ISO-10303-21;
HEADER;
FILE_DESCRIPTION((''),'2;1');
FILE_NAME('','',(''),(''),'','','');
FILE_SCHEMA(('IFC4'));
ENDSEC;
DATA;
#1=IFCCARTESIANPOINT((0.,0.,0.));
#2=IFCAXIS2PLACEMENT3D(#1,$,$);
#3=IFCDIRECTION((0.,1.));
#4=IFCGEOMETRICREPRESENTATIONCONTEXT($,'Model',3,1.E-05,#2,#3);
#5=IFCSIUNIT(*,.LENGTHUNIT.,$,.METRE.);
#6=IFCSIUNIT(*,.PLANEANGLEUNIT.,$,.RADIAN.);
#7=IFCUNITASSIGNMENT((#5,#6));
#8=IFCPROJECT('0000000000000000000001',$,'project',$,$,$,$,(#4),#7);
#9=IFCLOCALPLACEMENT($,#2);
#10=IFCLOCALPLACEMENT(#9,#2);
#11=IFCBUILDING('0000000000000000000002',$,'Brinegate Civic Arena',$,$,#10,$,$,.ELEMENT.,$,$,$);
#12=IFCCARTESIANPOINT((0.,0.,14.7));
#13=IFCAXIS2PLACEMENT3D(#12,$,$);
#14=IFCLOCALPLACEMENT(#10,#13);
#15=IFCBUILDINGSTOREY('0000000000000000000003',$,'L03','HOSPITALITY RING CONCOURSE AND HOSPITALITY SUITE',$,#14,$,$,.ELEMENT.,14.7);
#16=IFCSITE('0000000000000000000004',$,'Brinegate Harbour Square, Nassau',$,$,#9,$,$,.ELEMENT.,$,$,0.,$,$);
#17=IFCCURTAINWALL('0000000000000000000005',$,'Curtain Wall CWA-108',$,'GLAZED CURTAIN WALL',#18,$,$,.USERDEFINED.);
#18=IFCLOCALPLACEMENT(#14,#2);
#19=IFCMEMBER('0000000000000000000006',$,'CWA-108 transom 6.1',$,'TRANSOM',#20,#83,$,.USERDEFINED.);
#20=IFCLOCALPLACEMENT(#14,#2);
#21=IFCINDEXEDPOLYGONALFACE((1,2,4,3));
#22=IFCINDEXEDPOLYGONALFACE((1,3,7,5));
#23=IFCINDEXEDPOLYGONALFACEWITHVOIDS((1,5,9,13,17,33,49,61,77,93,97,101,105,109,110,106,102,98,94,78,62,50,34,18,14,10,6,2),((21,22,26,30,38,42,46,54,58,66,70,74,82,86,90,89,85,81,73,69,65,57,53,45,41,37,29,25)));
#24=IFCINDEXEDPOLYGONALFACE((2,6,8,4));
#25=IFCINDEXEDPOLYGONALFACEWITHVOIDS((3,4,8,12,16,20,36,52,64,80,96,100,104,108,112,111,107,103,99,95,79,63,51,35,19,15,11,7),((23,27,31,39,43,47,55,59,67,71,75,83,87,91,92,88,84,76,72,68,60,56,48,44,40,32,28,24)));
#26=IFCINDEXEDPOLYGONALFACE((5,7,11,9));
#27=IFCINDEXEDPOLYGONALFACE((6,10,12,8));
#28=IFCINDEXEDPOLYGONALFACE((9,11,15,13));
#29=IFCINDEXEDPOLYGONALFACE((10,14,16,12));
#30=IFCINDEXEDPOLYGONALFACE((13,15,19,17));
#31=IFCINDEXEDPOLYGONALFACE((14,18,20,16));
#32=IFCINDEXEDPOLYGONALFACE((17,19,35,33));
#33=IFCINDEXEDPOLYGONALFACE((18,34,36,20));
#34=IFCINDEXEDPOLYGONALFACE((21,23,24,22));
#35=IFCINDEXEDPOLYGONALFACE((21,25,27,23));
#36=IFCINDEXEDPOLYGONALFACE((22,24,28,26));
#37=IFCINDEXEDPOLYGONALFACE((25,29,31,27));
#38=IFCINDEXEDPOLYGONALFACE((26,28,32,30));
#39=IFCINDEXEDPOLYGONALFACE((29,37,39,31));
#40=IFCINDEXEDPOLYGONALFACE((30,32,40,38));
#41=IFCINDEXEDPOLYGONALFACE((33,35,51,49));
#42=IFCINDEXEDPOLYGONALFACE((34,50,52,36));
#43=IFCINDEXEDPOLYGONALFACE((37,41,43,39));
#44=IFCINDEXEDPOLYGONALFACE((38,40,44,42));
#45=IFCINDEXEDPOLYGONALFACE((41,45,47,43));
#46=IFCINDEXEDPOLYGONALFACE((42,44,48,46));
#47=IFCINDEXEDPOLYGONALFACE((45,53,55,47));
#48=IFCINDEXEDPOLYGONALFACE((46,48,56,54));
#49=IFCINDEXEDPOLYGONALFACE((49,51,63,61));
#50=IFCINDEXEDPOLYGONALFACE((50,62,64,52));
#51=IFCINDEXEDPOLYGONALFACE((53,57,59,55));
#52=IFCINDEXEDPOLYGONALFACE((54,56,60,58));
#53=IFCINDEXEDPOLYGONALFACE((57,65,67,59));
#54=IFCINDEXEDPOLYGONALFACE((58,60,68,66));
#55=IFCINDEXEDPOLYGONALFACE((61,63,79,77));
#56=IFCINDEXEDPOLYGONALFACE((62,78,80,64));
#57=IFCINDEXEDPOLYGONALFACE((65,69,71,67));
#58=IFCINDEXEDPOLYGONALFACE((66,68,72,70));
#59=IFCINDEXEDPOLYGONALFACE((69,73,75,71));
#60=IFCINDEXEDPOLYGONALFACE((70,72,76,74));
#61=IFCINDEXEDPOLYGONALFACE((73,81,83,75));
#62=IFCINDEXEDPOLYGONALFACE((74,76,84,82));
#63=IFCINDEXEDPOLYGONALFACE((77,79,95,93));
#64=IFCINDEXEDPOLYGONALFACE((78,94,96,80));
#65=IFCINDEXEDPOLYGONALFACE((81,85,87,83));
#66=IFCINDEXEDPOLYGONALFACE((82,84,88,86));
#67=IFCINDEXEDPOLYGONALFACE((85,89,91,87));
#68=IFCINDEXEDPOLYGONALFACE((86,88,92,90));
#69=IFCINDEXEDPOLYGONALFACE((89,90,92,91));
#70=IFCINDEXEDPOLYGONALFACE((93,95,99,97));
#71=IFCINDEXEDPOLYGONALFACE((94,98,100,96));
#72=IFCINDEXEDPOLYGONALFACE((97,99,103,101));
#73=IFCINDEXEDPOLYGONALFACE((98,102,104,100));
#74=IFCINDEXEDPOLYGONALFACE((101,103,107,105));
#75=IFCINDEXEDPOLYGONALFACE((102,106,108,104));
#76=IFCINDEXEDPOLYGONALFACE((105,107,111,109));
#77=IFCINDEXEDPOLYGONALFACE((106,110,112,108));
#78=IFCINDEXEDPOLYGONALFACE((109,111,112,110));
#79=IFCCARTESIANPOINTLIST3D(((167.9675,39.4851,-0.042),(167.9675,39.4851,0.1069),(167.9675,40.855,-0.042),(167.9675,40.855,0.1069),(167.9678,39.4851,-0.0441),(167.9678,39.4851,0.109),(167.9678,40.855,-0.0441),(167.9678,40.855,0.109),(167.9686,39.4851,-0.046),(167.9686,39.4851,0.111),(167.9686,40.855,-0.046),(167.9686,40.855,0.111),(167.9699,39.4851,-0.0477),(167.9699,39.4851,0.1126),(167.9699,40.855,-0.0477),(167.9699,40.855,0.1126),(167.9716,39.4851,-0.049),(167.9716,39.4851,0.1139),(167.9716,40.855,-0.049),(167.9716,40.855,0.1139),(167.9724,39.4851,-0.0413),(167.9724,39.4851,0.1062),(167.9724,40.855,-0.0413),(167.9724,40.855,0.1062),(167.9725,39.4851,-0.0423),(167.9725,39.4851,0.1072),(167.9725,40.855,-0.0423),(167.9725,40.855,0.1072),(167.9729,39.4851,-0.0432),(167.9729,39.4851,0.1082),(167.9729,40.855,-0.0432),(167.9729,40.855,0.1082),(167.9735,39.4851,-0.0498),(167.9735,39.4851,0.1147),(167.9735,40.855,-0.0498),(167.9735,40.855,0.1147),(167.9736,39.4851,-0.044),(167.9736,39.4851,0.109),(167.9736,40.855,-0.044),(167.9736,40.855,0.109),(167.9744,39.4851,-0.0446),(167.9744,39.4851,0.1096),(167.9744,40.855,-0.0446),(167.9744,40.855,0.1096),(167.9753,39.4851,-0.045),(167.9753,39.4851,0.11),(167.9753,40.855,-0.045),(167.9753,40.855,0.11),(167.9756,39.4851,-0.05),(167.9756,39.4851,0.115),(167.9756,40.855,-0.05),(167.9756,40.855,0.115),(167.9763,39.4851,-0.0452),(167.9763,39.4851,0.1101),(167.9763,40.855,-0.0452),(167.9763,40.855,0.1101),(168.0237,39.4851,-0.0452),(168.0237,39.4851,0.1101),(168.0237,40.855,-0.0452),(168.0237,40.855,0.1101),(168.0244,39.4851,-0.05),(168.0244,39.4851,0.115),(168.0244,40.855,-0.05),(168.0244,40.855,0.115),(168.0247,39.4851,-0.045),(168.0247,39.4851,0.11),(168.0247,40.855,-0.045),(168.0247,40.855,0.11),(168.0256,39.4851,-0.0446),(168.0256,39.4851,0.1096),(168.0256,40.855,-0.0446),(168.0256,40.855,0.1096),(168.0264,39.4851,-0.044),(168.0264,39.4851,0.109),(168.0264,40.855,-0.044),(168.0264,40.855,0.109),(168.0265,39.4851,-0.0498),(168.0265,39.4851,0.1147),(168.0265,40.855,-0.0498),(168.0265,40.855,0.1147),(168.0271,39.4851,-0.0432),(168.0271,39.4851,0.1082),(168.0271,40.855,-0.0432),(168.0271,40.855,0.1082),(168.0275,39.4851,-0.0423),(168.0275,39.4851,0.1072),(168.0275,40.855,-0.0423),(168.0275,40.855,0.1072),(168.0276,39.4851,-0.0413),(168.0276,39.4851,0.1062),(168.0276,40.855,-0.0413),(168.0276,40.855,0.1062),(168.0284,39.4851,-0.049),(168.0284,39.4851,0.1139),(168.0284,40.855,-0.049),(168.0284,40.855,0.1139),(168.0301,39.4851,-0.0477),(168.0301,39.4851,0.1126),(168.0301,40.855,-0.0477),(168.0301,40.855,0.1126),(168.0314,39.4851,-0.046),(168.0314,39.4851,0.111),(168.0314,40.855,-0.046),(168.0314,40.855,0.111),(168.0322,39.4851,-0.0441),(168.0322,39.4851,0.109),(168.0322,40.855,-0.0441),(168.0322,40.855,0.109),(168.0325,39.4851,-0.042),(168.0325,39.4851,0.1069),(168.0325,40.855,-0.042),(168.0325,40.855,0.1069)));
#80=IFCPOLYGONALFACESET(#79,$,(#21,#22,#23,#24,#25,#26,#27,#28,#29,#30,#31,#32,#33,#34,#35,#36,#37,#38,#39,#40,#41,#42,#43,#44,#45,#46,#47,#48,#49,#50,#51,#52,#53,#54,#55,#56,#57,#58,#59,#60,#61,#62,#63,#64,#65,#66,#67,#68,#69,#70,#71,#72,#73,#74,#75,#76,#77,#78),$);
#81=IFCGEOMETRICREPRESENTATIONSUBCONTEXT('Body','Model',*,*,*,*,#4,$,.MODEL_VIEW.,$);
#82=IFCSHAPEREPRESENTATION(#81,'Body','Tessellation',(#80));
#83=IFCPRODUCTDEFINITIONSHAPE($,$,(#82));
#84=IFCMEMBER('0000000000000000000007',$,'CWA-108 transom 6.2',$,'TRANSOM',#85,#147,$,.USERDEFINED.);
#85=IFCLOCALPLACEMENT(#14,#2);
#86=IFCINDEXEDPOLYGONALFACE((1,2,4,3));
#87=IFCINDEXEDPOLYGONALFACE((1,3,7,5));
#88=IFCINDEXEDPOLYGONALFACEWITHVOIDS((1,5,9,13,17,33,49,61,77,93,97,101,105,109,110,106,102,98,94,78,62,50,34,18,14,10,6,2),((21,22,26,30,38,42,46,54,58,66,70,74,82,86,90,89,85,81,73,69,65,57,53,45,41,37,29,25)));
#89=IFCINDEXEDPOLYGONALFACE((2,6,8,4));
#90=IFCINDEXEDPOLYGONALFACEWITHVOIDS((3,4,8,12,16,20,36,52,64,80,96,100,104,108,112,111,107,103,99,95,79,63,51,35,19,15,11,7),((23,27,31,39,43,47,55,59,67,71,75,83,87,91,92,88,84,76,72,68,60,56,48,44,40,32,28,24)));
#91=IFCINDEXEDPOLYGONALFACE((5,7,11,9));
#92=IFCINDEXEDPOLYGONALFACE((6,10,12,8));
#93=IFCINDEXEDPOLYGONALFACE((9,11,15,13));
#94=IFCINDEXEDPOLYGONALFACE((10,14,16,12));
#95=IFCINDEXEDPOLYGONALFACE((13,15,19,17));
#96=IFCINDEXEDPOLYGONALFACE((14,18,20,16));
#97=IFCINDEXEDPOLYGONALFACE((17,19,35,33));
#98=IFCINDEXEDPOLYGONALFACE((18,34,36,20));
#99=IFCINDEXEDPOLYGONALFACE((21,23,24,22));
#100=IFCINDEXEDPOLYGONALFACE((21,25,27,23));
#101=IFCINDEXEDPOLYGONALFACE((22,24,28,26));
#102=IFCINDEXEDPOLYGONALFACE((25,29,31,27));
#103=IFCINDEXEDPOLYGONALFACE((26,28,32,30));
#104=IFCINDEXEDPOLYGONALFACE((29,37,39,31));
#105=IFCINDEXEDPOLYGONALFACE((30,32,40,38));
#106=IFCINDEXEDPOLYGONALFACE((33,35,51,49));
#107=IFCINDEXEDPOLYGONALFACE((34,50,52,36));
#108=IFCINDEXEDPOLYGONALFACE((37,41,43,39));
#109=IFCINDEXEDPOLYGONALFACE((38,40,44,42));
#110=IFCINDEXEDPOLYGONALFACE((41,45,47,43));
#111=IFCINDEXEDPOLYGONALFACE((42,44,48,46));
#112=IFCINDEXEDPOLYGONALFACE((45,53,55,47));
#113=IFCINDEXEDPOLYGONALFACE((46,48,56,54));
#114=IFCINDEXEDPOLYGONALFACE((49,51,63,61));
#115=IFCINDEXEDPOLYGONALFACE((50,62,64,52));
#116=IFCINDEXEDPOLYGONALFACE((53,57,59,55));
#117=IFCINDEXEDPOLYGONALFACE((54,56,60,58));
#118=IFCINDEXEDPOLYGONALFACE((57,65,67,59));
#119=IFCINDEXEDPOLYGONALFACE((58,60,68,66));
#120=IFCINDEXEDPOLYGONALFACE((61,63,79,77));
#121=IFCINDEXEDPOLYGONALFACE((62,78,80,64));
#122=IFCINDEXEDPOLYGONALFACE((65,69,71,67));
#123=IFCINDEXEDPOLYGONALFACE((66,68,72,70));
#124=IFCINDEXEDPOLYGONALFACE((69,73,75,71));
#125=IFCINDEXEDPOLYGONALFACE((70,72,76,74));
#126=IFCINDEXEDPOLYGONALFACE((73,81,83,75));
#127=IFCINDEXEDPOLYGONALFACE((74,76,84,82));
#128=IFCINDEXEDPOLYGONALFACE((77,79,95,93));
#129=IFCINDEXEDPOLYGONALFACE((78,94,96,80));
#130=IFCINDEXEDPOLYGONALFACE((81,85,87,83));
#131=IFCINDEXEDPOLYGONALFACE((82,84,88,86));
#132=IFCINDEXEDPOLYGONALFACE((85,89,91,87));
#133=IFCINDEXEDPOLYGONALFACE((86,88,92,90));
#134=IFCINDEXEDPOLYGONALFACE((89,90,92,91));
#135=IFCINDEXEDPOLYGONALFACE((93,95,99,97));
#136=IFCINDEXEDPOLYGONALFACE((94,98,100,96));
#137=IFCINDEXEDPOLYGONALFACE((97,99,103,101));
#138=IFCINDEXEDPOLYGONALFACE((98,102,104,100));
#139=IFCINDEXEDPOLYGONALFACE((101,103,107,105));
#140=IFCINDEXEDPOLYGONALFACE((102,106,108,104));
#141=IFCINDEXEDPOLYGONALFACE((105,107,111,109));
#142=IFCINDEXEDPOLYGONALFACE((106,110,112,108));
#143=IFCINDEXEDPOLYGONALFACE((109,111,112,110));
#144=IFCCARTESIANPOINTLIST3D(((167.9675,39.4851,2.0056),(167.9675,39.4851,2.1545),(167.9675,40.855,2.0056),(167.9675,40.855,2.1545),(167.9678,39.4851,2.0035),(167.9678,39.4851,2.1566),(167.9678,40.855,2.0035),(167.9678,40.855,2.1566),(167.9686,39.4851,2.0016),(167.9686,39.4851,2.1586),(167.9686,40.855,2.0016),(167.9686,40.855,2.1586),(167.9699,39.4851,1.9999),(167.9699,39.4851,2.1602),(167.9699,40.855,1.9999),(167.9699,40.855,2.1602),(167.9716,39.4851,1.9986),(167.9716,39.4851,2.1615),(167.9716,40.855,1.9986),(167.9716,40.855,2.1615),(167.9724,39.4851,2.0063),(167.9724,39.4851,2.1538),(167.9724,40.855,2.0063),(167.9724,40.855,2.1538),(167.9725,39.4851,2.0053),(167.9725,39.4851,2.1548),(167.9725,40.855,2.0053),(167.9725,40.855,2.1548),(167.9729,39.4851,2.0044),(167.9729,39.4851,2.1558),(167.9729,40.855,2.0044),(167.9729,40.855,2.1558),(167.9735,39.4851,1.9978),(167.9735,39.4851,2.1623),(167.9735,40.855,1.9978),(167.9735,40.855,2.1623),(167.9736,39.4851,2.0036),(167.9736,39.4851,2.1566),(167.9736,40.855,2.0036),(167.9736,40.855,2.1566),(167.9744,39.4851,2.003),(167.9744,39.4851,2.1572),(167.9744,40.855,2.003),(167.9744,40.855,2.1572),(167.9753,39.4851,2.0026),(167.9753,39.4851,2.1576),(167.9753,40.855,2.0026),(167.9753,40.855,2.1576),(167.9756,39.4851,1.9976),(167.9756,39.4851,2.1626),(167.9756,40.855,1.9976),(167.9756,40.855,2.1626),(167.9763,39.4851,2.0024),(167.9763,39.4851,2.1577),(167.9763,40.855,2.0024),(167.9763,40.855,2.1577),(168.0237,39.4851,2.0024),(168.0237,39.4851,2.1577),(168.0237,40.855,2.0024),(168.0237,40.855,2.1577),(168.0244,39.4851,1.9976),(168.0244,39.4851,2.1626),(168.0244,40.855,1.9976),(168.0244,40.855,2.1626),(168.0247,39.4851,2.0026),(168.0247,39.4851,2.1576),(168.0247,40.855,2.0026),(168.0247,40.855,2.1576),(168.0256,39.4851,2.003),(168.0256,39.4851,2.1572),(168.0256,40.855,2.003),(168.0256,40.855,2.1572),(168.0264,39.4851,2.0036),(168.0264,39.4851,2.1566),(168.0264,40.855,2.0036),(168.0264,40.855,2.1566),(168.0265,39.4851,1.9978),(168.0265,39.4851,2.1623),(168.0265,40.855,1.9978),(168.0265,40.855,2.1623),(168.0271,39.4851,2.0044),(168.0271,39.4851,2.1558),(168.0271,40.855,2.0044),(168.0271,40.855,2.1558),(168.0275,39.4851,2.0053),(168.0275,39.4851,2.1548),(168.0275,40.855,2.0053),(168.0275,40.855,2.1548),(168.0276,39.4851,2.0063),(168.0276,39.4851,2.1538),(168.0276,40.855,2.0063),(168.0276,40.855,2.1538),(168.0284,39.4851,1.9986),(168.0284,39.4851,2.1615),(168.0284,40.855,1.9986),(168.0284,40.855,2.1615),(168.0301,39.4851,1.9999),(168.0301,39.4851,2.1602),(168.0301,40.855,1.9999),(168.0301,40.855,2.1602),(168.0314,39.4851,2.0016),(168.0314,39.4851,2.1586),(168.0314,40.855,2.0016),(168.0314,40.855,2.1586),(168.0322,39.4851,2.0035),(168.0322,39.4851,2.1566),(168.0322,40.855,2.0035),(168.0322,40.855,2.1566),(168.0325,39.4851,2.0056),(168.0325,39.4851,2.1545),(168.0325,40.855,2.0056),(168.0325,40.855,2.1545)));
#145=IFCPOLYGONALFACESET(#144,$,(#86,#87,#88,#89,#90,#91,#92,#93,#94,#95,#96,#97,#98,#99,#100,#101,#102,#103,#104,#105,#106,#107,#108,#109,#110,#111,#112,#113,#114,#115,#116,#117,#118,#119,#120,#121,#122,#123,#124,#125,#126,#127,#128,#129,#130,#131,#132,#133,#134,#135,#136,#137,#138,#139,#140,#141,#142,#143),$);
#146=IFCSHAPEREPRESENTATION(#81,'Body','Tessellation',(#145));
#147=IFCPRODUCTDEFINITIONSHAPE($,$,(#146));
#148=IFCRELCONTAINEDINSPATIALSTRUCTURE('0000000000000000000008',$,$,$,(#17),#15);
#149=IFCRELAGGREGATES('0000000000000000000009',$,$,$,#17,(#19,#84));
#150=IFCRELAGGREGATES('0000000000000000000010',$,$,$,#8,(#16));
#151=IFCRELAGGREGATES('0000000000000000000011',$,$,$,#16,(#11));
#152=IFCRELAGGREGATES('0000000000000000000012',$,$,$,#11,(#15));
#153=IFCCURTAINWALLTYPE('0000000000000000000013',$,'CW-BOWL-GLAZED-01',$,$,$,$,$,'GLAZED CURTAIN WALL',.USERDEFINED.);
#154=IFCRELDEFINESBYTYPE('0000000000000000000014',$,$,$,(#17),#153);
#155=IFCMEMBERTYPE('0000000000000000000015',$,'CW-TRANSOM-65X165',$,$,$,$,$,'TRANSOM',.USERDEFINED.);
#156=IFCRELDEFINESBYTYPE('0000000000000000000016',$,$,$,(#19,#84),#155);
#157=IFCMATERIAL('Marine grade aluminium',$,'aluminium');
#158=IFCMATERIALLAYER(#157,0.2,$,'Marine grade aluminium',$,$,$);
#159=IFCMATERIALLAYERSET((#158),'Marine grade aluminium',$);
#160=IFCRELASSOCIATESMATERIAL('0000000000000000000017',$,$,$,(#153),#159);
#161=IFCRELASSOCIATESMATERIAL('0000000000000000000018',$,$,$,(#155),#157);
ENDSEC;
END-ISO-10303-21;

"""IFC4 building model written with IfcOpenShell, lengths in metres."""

from ifc_helpers import new_model, si_unit, direction, frame, origin, origin_2d, place, context, subcontext, project, spatial, hollow_rectangle, extrude, material, layer, layer_set, material_profile, profile_set, type_object, element, aggregate, save


model = new_model("IFC4")

# Units and contexts
model_context = context("Model", 3, precision=1e-05, world=origin(), true_north=direction((0.0, 1.0)))
body_context = subcontext(model_context, "Body", "Model", "MODEL_VIEW")
ifc_project = project(units=[si_unit("LENGTHUNIT", "METRE"), si_unit("PLANEANGLEUNIT", "RADIAN")], contexts=[model_context])

# Site, building, storey
site_placement = place(None, origin())
site = spatial("IfcSite", under=ifc_project, at=site_placement, Name="Brinegate Harbour Square, Nassau", CompositionType="ELEMENT", RefElevation=0.0)
building_placement = place(site_placement, origin())
building = spatial("IfcBuilding", under=site, at=building_placement, Name="Brinegate Civic Arena", CompositionType="ELEMENT")
storey_placement = place(building_placement, frame((0.0, 0.0, 14.7)))
storey = spatial("IfcBuildingStorey", under=building, at=storey_placement, Name="L03", Description="HOSPITALITY RING CONCOURSE AND HOSPITALITY SUITE", CompositionType="ELEMENT", Elevation=14.7)

# Curtain wall
ifc_material_1 = material(Name="Marine grade aluminium", Category="aluminium")
ifc_layer_1 = layer(ifc_material_1, 0.2, Name="Marine grade aluminium")
ifc_layer_set_1 = layer_set([ifc_layer_1], Name="Marine grade aluminium")
curtain_wall_type = type_object("IfcCurtainWallType", Name="CW-BOWL-GLAZED-01", ElementType="GLAZED CURTAIN WALL", PredefinedType="USERDEFINED", material=ifc_layer_set_1)
curtain_wall_1_placement = place(storey_placement, origin())
curtain_wall_1 = element("IfcCurtainWall", 1, at=curtain_wall_1_placement, inside=storey, type_object=curtain_wall_type, Name="Curtain Wall CWA-108", ObjectType="GLAZED CURTAIN WALL", PredefinedType="USERDEFINED")

# Members
ifc_material_profile_1 = material_profile(ifc_material_1, hollow_rectangle(XDim=0.0649, YDim=0.165, WallThickness=0.0049, InnerFilletRadius=0.0039, OuterFilletRadius=0.0081, at=origin_2d()), Name="TRN65X165")
ifc_profile_set_1 = profile_set([ifc_material_profile_1], Name="Marine grade aluminium")
member_type_1 = type_object("IfcMemberType", Name="CW-TRANSOM-65X165", ElementType="TRANSOM", PredefinedType="USERDEFINED", material=ifc_profile_set_1)
member_1_placement = place(storey_placement, frame((168.0, 39.4851, 0.0325), z_axis=(0.0, 1.0, 0.0), x_axis=(-1.0, 0.0, 0.0)))
member_1 = element("IfcMember", 2, at=member_1_placement, type_object=member_type_1, Name="CWA-108 transom 6.1", ObjectType="TRANSOM", PredefinedType="USERDEFINED", context=body_context, shape_type="SweptSolid", body=[
    extrude(hollow_rectangle(XDim=0.0649, YDim=0.165, WallThickness=0.0049, InnerFilletRadius=0.0039, OuterFilletRadius=0.0081, at=origin_2d()), origin(), (0.0, 0.0, 1.0), 1.3699),
])
member_2_placement = place(storey_placement, frame((168.0, 39.4851, 2.0801), z_axis=(0.0, 1.0, 0.0), x_axis=(-1.0, 0.0, 0.0)))
member_2 = element("IfcMember", 3, at=member_2_placement, type_object=member_type_1, Name="CWA-108 transom 6.2", ObjectType="TRANSOM", PredefinedType="USERDEFINED", context=body_context, shape_type="SweptSolid", body=[
    extrude(hollow_rectangle(XDim=0.0649, YDim=0.165, WallThickness=0.0049, InnerFilletRadius=0.0039, OuterFilletRadius=0.0081, at=origin_2d()), origin(), (0.0, 0.0, 1.0), 1.3699),
])

aggregate(curtain_wall_1, [member_1, member_2])

save(model, "model.ifc")
